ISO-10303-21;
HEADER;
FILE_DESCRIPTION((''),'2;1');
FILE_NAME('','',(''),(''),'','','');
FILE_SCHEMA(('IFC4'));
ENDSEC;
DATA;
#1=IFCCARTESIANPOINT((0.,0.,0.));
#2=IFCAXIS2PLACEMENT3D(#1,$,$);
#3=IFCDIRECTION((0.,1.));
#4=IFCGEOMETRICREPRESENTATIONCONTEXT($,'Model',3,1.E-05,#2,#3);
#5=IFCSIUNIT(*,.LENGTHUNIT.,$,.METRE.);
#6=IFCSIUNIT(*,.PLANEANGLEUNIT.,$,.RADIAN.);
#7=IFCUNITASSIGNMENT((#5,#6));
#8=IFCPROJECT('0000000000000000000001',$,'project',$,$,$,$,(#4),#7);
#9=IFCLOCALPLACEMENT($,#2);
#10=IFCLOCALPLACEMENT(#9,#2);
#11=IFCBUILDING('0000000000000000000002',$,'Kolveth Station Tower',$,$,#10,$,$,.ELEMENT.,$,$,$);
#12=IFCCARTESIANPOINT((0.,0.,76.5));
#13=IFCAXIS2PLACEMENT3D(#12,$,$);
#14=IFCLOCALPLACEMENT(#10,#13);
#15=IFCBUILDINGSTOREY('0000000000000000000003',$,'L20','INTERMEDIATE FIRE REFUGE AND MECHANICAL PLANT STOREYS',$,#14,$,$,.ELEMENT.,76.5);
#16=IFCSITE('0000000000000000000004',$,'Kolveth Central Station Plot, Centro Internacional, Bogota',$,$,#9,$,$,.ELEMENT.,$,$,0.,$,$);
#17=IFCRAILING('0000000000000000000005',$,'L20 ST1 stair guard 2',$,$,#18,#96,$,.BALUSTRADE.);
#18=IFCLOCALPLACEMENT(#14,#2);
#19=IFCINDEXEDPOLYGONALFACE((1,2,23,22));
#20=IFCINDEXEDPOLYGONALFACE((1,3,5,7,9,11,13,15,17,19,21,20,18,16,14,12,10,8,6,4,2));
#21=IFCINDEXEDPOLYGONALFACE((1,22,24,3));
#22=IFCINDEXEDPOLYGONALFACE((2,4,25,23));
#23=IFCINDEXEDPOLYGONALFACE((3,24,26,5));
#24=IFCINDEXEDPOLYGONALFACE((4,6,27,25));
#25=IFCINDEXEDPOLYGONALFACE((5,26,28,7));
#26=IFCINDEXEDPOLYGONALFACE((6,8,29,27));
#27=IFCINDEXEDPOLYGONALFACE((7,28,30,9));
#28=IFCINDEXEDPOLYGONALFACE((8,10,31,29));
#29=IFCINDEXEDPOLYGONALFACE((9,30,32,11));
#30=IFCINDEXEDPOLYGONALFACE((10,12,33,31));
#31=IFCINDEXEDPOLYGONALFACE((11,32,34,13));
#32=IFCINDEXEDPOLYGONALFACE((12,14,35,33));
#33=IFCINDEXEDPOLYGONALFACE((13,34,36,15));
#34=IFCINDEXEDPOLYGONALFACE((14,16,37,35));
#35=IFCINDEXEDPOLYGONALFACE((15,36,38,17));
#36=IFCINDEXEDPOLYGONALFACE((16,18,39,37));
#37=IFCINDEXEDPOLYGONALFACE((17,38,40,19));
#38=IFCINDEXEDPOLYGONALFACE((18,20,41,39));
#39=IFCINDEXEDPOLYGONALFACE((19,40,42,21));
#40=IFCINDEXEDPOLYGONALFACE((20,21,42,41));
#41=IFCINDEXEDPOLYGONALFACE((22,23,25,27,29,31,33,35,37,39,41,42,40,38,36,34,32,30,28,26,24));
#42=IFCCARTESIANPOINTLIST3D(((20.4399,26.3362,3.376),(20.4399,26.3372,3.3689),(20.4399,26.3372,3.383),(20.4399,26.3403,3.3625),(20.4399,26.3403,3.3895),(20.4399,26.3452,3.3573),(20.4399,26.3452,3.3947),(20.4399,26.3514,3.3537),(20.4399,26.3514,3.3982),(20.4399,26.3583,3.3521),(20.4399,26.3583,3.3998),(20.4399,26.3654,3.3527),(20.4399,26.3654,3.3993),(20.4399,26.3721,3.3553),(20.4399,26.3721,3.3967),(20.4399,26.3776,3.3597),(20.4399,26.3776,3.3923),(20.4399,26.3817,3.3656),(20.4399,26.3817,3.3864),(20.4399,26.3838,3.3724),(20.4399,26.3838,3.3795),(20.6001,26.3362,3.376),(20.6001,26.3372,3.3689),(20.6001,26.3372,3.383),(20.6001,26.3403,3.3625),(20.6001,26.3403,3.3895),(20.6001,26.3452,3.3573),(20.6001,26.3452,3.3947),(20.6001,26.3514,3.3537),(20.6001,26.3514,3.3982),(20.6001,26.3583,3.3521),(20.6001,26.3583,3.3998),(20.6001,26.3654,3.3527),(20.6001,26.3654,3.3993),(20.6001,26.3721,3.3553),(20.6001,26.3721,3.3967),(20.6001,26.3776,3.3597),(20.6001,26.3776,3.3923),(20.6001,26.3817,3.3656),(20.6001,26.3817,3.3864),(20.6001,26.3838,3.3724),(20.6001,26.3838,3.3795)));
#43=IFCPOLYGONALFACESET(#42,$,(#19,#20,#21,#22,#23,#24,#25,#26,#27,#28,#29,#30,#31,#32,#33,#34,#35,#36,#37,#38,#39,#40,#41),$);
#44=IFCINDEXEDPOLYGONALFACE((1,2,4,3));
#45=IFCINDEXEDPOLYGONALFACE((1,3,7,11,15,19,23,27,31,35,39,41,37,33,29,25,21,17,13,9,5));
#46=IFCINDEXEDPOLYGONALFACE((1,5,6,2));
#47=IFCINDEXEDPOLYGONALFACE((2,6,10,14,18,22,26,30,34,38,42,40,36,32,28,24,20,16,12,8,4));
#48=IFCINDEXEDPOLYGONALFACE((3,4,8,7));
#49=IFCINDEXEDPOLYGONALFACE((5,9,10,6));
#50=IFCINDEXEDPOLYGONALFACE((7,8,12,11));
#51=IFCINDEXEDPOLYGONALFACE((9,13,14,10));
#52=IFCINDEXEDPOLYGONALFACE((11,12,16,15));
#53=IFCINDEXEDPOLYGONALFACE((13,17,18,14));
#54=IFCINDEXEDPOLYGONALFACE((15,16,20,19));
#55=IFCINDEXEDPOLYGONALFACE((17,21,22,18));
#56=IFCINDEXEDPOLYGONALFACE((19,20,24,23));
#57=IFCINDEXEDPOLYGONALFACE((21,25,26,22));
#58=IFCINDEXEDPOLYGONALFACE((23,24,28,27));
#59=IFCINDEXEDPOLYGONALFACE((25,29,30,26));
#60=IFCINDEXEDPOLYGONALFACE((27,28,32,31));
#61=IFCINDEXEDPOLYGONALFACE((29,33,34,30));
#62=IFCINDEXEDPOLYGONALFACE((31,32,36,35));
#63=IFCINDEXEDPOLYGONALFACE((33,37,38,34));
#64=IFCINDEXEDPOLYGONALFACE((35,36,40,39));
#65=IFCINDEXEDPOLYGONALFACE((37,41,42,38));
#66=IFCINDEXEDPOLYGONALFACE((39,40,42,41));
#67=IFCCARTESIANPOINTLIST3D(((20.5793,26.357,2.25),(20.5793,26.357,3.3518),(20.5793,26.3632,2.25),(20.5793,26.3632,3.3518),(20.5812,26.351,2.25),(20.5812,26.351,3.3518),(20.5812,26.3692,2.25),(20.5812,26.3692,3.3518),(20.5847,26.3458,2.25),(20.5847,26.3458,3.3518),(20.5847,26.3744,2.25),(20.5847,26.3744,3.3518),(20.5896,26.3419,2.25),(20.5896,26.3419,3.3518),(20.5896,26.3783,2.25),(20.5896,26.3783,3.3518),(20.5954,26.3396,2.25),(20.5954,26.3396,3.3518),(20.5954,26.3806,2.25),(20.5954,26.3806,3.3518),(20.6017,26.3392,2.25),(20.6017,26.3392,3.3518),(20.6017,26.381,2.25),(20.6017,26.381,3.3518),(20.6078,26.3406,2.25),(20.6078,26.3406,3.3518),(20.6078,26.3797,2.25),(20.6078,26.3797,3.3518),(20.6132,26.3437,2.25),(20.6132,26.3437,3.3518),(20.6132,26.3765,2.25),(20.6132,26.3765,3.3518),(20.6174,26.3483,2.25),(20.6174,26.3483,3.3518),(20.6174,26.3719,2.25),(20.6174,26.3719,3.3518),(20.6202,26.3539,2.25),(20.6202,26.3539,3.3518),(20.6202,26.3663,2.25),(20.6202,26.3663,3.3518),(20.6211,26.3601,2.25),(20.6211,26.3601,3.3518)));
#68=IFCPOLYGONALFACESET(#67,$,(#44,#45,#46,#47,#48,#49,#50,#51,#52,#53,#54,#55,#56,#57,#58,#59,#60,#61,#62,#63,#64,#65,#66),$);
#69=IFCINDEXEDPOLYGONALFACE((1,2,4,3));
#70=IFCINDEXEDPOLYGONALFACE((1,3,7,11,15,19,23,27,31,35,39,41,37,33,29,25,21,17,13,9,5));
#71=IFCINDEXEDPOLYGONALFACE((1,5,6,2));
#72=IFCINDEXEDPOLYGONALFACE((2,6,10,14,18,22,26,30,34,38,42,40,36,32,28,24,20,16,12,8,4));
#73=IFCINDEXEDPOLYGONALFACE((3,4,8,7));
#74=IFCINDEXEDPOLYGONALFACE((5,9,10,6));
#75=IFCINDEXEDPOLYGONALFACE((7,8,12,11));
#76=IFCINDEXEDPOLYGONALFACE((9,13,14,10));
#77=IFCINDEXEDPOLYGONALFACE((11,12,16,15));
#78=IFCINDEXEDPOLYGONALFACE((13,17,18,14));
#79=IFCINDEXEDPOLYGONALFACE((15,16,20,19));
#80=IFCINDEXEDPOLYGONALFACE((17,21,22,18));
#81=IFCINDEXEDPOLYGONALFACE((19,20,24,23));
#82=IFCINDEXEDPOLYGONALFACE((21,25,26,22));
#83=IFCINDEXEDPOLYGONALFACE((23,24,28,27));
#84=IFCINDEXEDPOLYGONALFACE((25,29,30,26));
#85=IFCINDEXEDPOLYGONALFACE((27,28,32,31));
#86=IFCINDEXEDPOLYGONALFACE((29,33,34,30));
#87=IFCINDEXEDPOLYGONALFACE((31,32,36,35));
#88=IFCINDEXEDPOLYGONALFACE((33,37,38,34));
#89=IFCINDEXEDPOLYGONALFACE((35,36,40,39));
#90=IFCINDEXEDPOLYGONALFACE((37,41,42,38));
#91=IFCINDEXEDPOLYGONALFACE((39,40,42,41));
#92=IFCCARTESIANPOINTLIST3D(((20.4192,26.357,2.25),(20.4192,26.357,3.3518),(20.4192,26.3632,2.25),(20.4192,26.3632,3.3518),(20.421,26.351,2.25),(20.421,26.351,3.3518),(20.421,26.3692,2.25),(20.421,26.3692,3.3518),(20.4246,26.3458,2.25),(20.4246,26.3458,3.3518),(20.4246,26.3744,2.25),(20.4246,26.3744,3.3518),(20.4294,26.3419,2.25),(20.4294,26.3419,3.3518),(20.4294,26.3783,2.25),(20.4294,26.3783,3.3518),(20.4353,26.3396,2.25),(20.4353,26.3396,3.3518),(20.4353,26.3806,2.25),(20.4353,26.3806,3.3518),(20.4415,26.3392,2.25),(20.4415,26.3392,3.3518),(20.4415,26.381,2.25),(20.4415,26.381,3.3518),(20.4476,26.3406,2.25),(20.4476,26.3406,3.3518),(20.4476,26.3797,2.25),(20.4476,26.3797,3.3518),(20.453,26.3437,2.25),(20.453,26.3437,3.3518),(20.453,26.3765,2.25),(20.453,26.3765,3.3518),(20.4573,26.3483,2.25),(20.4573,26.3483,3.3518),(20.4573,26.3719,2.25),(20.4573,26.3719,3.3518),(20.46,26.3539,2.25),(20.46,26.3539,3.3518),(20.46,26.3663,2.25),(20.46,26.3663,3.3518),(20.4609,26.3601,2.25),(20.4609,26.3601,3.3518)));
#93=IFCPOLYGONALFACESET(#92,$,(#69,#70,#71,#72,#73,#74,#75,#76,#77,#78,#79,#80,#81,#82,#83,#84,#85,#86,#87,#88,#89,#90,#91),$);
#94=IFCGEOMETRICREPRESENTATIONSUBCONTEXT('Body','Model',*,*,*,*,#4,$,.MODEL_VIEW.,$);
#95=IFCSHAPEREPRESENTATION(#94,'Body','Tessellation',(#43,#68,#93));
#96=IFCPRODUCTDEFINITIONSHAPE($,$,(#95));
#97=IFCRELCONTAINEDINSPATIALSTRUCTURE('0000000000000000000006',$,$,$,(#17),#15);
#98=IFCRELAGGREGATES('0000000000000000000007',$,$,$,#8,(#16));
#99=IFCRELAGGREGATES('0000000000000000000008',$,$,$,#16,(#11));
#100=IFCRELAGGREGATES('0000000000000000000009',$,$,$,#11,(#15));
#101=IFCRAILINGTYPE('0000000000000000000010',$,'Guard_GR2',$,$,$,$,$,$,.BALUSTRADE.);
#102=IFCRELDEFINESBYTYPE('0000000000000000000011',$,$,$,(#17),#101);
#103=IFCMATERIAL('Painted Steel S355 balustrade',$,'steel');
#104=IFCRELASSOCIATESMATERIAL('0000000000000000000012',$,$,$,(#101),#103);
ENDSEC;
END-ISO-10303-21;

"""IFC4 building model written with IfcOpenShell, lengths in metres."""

from ifc_helpers import new_model, si_unit, direction, frame, origin, origin_2d, place, context, subcontext, project, spatial, circle, extrude, material, type_object, element, save


model = new_model("IFC4")

# Units and contexts
model_context = context("Model", 3, precision=1e-05, world=origin(), true_north=direction((0.0, 1.0)))
body_context = subcontext(model_context, "Body", "Model", "MODEL_VIEW")
ifc_project = project(units=[si_unit("LENGTHUNIT", "METRE"), si_unit("PLANEANGLEUNIT", "RADIAN")], contexts=[model_context])

# Site, building, storey
site_placement = place(None, origin())
site = spatial("IfcSite", under=ifc_project, at=site_placement, Name="Kolveth Central Station Plot, Centro Internacional, Bogota", CompositionType="ELEMENT", RefElevation=0.0)
building_placement = place(site_placement, origin())
building = spatial("IfcBuilding", under=site, at=building_placement, Name="Kolveth Station Tower", CompositionType="ELEMENT")
storey_placement = place(building_placement, frame((0.0, 0.0, 76.5)))
storey = spatial("IfcBuildingStorey", under=building, at=storey_placement, Name="L20", Description="INTERMEDIATE FIRE REFUGE AND MECHANICAL PLANT STOREYS", CompositionType="ELEMENT", Elevation=76.5)

# Railing
ifc_material_1 = material(Name="Painted Steel S355 balustrade", Category="steel")
railing_type_1 = type_object("IfcRailingType", Name="Guard_GR2", PredefinedType="BALUSTRADE", material=ifc_material_1)
railing_1_placement = place(storey_placement, frame((20.6001, 26.3601, 2.25)))
element("IfcRailing", 1, at=railing_1_placement, inside=storey, type_object=railing_type_1, Name="L20 ST1 stair guard 2", PredefinedType="BALUSTRADE", context=body_context, shape_type="SweptSolid", body=[
    extrude(circle(Radius=0.0239, at=origin_2d()), frame((0.0, 0.0, 1.126), z_axis=(-1.0, 0.0, 0.0), x_axis=(0.0, -1.0, 0.0)), (0.0, 0.0, 1.0), 0.1602),
    extrude(circle(Radius=0.021, at=origin_2d()), origin(), (0.0, 0.0, 1.0), 1.1018),
    extrude(circle(Radius=0.021, at=origin_2d()), frame((-0.1602, 0.0, 0.0)), (0.0, 0.0, 1.0), 1.1018),
])

save(model, "model.ifc")
